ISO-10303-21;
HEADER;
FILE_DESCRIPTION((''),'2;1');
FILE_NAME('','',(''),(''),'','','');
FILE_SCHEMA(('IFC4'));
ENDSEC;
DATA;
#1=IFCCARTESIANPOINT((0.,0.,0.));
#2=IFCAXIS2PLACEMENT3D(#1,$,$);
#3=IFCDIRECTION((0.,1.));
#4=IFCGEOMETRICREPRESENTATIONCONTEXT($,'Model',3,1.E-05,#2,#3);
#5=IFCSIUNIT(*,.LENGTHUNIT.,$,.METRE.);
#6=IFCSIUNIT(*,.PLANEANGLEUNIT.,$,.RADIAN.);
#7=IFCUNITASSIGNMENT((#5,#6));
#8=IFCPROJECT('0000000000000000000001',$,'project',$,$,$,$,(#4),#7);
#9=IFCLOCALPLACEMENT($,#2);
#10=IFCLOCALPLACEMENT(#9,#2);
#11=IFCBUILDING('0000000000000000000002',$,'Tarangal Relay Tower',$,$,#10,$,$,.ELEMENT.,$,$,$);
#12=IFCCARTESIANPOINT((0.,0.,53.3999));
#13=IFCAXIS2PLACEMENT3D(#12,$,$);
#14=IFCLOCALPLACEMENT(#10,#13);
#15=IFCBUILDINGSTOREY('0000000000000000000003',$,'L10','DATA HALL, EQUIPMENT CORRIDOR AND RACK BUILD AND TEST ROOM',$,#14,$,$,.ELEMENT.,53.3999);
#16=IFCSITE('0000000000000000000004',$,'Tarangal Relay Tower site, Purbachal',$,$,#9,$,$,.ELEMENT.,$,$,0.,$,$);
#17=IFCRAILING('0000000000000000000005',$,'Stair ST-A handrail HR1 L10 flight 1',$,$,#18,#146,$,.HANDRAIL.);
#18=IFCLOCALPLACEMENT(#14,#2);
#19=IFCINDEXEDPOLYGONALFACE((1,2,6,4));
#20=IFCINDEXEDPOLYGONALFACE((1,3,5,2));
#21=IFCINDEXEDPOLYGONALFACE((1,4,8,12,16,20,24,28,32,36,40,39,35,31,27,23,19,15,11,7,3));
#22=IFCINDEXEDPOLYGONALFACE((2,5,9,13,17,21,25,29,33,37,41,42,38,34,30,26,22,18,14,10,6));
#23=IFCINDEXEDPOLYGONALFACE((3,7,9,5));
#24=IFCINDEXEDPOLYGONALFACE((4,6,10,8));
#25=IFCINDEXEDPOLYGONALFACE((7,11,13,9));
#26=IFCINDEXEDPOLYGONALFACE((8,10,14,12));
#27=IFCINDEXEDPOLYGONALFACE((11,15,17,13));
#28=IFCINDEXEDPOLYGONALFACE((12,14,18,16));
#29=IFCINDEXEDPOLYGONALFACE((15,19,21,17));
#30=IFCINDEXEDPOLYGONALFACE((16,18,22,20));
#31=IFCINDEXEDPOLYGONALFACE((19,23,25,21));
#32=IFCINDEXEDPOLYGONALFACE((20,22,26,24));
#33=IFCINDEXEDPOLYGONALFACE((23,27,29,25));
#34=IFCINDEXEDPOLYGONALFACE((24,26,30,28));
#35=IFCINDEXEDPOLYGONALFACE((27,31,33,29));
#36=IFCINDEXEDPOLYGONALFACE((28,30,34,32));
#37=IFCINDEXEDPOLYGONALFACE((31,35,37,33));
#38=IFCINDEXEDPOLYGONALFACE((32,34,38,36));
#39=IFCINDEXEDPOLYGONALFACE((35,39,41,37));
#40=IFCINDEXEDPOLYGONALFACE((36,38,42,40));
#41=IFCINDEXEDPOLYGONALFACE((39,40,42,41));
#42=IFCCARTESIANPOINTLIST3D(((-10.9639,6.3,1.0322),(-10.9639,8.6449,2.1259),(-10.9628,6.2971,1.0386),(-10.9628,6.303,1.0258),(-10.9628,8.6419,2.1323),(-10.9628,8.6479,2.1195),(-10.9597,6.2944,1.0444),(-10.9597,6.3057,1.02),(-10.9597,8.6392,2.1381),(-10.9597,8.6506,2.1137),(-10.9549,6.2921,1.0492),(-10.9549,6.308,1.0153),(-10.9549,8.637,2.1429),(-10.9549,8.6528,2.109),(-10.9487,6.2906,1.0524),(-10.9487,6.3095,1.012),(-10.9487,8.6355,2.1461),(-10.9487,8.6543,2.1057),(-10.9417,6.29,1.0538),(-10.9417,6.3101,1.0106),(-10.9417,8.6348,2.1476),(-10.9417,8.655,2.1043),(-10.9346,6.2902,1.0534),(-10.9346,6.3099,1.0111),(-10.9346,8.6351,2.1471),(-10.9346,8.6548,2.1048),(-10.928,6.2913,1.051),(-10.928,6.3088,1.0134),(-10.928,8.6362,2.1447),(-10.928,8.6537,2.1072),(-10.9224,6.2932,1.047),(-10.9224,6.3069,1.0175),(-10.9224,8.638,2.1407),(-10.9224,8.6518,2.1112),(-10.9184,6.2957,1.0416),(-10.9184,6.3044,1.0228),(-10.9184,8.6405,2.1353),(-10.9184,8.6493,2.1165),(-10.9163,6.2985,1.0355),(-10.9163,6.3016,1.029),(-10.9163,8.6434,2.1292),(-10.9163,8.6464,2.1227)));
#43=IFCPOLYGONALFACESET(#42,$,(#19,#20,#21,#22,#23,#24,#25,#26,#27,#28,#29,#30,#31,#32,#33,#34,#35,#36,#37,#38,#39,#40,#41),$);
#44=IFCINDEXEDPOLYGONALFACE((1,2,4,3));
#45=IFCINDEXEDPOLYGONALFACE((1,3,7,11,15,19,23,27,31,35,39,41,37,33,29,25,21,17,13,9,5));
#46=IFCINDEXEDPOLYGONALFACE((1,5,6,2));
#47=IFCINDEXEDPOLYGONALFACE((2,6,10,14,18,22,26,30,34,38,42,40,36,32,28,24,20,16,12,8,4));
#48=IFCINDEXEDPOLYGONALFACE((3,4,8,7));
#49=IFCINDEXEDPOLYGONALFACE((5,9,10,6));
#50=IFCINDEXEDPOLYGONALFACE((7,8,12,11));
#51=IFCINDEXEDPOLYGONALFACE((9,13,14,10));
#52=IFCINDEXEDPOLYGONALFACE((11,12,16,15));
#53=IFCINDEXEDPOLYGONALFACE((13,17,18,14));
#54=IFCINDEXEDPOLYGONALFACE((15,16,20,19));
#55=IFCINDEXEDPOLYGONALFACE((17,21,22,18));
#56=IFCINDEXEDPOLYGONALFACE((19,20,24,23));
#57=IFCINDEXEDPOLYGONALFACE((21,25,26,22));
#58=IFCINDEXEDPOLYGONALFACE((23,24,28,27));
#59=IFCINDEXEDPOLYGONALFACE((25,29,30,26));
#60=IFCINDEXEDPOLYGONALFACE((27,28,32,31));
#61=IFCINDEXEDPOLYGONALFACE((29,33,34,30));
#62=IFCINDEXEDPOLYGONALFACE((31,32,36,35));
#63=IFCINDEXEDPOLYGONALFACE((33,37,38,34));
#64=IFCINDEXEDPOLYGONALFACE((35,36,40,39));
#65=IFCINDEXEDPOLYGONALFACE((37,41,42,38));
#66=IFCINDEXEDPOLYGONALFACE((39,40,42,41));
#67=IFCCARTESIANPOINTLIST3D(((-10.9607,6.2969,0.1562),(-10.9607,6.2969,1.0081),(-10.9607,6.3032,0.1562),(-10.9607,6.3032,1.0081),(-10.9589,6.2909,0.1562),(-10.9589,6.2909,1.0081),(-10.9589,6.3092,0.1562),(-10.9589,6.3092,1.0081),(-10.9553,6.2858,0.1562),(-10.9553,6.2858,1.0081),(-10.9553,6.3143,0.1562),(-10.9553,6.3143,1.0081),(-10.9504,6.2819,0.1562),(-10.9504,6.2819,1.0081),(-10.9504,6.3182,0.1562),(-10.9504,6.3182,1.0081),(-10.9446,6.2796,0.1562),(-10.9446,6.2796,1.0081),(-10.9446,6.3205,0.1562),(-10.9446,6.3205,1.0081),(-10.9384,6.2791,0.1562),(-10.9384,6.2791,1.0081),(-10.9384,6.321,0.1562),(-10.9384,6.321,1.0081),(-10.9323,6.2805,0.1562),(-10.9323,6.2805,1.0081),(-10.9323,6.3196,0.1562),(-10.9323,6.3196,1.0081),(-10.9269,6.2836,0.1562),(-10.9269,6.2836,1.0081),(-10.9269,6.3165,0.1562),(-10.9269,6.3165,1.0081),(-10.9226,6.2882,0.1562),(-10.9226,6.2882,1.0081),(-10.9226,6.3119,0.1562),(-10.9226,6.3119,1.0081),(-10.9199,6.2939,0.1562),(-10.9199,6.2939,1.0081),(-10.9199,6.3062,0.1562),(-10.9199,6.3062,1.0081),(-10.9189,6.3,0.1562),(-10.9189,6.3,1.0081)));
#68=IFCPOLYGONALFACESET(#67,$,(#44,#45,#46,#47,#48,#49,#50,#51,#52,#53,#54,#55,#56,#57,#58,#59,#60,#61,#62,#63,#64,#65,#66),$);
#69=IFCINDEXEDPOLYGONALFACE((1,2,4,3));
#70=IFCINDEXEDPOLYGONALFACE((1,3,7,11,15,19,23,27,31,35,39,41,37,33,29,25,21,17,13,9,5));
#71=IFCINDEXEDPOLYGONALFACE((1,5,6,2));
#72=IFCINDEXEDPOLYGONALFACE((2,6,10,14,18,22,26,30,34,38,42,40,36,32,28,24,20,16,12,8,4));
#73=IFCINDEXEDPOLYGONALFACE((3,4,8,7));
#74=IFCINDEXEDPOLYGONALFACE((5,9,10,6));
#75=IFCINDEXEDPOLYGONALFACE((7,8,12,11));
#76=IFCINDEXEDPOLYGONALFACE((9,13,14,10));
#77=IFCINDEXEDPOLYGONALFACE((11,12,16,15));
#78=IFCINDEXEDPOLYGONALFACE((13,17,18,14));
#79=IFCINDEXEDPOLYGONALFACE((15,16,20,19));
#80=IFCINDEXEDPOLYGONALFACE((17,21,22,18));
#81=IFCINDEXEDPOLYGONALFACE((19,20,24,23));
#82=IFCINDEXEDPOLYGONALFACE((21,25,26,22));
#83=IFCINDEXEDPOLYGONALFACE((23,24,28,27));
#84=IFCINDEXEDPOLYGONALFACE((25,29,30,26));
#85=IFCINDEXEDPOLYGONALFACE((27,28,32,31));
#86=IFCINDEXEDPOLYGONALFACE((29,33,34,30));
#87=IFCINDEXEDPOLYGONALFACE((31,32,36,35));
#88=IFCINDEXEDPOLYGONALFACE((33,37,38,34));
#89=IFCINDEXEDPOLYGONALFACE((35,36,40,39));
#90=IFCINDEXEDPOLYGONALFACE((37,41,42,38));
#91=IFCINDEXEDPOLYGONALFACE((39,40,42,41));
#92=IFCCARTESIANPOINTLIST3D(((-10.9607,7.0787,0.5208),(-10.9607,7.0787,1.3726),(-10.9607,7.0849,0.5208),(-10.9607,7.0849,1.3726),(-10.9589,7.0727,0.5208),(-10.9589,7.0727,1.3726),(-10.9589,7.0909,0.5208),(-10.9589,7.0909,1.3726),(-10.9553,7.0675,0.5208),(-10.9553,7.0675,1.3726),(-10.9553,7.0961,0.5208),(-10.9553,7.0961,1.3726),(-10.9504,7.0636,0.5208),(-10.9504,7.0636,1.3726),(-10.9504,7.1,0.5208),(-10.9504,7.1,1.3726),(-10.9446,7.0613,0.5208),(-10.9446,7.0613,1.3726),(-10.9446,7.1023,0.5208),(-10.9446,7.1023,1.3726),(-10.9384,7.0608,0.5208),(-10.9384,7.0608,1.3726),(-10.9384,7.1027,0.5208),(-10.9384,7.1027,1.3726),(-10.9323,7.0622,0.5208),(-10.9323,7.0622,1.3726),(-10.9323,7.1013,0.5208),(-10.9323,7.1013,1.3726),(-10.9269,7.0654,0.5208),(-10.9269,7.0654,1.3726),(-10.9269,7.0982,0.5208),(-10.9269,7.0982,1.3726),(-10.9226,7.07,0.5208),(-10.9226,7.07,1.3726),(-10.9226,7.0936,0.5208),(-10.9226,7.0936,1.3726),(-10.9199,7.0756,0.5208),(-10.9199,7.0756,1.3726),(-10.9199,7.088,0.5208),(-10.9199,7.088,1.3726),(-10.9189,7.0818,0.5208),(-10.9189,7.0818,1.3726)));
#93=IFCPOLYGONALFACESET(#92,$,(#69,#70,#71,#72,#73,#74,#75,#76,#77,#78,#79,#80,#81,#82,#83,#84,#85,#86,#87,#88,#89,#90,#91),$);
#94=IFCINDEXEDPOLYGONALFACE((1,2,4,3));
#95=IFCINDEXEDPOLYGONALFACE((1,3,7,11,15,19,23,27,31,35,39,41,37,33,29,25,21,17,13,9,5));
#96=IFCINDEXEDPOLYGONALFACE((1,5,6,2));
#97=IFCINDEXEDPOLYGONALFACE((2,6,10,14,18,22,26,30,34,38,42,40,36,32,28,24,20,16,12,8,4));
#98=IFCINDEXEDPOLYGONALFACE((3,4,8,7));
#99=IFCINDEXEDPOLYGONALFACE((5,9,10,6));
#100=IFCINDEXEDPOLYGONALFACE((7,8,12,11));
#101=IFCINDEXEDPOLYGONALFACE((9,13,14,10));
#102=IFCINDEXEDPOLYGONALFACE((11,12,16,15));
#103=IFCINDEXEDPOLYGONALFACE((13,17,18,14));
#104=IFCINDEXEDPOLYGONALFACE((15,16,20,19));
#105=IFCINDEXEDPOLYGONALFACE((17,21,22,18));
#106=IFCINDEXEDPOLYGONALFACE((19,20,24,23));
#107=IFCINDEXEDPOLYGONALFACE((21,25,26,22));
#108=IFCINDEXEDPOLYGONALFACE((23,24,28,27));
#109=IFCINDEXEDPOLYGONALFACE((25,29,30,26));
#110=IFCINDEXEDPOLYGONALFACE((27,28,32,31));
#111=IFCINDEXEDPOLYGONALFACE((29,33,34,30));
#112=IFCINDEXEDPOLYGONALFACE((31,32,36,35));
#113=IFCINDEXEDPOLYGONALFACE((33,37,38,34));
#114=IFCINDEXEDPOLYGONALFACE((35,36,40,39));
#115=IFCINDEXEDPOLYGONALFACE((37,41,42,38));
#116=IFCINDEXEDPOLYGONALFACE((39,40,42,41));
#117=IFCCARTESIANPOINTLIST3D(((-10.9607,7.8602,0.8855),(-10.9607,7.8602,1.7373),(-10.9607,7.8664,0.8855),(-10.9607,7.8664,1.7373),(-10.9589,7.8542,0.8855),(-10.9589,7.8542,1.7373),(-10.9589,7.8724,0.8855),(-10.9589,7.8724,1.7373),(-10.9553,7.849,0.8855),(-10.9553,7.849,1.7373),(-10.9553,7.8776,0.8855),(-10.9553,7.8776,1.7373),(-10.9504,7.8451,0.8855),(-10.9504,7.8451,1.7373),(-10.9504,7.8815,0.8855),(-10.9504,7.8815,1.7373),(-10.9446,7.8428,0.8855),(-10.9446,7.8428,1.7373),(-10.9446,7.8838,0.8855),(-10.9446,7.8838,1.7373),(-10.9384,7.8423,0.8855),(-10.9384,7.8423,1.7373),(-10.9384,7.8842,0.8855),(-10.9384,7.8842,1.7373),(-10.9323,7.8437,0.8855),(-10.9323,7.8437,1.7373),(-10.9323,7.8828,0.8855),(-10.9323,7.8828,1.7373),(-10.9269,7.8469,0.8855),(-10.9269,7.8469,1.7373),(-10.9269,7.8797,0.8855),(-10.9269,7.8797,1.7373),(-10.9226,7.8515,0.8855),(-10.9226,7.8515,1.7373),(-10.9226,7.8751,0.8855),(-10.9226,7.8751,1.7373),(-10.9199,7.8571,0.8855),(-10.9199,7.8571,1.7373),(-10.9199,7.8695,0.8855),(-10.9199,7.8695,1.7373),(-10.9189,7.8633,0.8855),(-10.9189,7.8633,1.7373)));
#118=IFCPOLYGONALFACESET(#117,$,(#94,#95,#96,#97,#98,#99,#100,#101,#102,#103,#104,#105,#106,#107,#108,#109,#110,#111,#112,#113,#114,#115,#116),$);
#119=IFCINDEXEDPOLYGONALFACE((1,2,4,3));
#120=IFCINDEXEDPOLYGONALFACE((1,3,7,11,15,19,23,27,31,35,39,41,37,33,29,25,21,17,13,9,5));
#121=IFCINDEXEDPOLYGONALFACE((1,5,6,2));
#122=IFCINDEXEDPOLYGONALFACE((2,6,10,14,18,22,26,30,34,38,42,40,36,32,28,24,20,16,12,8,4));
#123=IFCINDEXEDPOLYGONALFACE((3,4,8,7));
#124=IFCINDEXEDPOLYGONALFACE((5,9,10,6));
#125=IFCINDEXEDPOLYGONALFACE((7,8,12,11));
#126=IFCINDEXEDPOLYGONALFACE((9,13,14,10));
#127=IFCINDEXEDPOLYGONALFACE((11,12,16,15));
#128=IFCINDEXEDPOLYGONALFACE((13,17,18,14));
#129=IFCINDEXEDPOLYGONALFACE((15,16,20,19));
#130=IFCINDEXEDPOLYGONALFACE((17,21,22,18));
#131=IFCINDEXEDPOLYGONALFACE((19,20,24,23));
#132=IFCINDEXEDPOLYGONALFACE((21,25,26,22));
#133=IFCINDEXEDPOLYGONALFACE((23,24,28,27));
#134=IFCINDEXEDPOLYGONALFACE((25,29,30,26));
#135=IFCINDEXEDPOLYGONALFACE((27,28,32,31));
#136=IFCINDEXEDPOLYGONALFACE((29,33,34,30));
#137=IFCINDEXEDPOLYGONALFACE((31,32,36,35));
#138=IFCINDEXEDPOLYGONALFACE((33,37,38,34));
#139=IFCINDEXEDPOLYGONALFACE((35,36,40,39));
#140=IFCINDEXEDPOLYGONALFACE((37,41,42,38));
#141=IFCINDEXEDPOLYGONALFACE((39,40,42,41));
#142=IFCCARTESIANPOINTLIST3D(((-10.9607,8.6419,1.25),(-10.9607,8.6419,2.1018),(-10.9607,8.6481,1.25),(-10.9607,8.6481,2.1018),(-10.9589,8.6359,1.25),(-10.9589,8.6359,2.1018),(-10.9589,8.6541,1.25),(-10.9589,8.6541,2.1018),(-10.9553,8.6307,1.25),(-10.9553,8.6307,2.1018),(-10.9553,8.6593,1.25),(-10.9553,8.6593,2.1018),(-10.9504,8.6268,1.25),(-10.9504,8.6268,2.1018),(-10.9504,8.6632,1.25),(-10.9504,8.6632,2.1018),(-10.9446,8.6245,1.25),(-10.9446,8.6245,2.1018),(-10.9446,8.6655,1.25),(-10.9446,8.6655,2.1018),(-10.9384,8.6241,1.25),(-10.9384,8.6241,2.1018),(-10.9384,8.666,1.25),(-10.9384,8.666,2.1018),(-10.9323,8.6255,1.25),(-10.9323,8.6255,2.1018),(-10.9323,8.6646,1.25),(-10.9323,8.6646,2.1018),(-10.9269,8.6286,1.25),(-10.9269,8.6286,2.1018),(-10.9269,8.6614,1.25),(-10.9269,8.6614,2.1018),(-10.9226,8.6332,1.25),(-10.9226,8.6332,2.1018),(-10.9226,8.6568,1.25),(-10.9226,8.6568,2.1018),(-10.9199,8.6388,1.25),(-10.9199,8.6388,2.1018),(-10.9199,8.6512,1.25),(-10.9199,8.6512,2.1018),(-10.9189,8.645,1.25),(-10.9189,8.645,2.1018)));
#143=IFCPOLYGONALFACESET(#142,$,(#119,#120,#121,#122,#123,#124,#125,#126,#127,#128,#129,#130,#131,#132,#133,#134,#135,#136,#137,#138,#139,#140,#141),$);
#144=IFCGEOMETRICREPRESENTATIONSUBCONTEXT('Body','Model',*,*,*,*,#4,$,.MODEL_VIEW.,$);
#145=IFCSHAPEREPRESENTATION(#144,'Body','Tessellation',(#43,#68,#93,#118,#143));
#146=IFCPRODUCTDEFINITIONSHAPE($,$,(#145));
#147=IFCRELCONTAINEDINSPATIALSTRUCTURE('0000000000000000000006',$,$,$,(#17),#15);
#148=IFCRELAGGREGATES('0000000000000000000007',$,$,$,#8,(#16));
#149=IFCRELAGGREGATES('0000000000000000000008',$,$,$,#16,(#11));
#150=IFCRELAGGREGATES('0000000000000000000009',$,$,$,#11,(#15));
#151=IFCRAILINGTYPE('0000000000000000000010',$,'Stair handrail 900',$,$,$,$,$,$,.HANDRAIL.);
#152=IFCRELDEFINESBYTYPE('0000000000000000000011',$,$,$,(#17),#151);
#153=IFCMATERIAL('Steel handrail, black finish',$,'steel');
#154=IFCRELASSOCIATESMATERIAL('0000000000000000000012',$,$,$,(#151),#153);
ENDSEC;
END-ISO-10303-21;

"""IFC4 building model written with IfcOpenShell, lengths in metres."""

from ifc_helpers import new_model, si_unit, direction, frame, origin, origin_2d, place, context, subcontext, project, spatial, circle, extrude, material, type_object, element, save


model = new_model("IFC4")

# Units and contexts
model_context = context("Model", 3, precision=1e-05, world=origin(), true_north=direction((0.0, 1.0)))
body_context = subcontext(model_context, "Body", "Model", "MODEL_VIEW")
ifc_project = project(units=[si_unit("LENGTHUNIT", "METRE"), si_unit("PLANEANGLEUNIT", "RADIAN")], contexts=[model_context])

# Site, building, storey
site_placement = place(None, origin())
site = spatial("IfcSite", under=ifc_project, at=site_placement, Name="Tarangal Relay Tower site, Purbachal", CompositionType="ELEMENT", RefElevation=0.0)
building_placement = place(site_placement, origin())
building = spatial("IfcBuilding", under=site, at=building_placement, Name="Tarangal Relay Tower", CompositionType="ELEMENT")
storey_placement = place(building_placement, frame((0.0, 0.0, 53.3999)))
storey = spatial("IfcBuildingStorey", under=building, at=storey_placement, Name="L10", Description="DATA HALL, EQUIPMENT CORRIDOR AND RACK BUILD AND TEST ROOM", CompositionType="ELEMENT", Elevation=53.3999)

# Railing
ifc_material_1 = material(Name="Steel handrail, black finish", Category="steel")
railing_type = type_object("IfcRailingType", Name="Stair handrail 900", PredefinedType="HANDRAIL", material=ifc_material_1)
for number, where, name in (
    (1, (-10.9399, 6.3, 0.1562), "Stair ST-A handrail HR1 L10 flight 1"),
):
    element("IfcRailing", number, at=place(storey_placement, frame(where)), inside=storey, type_object=railing_type, Name=name, PredefinedType="HANDRAIL", context=body_context, shape_type="SweptSolid", body=[
        extrude(circle(Radius=0.0239, at=origin_2d()), frame((0.0, 0.0, 0.876), z_axis=(0.0, 0.906267, 0.422705), x_axis=(-1.0, 0.0, 0.0)), (0.0, 0.0, 1.0), 2.5874),
        extrude(circle(Radius=0.021, at=origin_2d()), origin(), (0.0, 0.0, 1.0), 0.8518),
        extrude(circle(Radius=0.021, at=origin_2d()), frame((0.0, 0.7817, 0.3645)), (0.0, 0.0, 1.0), 0.8518),
        extrude(circle(Radius=0.021, at=origin_2d()), frame((0.0, 1.5632, 0.7292)), (0.0, 0.0, 1.0), 0.8518),
        extrude(circle(Radius=0.021, at=origin_2d()), frame((0.0, 2.345, 1.0938)), (0.0, 0.0, 1.0), 0.8518),
    ])

save(model, "model.ifc")
